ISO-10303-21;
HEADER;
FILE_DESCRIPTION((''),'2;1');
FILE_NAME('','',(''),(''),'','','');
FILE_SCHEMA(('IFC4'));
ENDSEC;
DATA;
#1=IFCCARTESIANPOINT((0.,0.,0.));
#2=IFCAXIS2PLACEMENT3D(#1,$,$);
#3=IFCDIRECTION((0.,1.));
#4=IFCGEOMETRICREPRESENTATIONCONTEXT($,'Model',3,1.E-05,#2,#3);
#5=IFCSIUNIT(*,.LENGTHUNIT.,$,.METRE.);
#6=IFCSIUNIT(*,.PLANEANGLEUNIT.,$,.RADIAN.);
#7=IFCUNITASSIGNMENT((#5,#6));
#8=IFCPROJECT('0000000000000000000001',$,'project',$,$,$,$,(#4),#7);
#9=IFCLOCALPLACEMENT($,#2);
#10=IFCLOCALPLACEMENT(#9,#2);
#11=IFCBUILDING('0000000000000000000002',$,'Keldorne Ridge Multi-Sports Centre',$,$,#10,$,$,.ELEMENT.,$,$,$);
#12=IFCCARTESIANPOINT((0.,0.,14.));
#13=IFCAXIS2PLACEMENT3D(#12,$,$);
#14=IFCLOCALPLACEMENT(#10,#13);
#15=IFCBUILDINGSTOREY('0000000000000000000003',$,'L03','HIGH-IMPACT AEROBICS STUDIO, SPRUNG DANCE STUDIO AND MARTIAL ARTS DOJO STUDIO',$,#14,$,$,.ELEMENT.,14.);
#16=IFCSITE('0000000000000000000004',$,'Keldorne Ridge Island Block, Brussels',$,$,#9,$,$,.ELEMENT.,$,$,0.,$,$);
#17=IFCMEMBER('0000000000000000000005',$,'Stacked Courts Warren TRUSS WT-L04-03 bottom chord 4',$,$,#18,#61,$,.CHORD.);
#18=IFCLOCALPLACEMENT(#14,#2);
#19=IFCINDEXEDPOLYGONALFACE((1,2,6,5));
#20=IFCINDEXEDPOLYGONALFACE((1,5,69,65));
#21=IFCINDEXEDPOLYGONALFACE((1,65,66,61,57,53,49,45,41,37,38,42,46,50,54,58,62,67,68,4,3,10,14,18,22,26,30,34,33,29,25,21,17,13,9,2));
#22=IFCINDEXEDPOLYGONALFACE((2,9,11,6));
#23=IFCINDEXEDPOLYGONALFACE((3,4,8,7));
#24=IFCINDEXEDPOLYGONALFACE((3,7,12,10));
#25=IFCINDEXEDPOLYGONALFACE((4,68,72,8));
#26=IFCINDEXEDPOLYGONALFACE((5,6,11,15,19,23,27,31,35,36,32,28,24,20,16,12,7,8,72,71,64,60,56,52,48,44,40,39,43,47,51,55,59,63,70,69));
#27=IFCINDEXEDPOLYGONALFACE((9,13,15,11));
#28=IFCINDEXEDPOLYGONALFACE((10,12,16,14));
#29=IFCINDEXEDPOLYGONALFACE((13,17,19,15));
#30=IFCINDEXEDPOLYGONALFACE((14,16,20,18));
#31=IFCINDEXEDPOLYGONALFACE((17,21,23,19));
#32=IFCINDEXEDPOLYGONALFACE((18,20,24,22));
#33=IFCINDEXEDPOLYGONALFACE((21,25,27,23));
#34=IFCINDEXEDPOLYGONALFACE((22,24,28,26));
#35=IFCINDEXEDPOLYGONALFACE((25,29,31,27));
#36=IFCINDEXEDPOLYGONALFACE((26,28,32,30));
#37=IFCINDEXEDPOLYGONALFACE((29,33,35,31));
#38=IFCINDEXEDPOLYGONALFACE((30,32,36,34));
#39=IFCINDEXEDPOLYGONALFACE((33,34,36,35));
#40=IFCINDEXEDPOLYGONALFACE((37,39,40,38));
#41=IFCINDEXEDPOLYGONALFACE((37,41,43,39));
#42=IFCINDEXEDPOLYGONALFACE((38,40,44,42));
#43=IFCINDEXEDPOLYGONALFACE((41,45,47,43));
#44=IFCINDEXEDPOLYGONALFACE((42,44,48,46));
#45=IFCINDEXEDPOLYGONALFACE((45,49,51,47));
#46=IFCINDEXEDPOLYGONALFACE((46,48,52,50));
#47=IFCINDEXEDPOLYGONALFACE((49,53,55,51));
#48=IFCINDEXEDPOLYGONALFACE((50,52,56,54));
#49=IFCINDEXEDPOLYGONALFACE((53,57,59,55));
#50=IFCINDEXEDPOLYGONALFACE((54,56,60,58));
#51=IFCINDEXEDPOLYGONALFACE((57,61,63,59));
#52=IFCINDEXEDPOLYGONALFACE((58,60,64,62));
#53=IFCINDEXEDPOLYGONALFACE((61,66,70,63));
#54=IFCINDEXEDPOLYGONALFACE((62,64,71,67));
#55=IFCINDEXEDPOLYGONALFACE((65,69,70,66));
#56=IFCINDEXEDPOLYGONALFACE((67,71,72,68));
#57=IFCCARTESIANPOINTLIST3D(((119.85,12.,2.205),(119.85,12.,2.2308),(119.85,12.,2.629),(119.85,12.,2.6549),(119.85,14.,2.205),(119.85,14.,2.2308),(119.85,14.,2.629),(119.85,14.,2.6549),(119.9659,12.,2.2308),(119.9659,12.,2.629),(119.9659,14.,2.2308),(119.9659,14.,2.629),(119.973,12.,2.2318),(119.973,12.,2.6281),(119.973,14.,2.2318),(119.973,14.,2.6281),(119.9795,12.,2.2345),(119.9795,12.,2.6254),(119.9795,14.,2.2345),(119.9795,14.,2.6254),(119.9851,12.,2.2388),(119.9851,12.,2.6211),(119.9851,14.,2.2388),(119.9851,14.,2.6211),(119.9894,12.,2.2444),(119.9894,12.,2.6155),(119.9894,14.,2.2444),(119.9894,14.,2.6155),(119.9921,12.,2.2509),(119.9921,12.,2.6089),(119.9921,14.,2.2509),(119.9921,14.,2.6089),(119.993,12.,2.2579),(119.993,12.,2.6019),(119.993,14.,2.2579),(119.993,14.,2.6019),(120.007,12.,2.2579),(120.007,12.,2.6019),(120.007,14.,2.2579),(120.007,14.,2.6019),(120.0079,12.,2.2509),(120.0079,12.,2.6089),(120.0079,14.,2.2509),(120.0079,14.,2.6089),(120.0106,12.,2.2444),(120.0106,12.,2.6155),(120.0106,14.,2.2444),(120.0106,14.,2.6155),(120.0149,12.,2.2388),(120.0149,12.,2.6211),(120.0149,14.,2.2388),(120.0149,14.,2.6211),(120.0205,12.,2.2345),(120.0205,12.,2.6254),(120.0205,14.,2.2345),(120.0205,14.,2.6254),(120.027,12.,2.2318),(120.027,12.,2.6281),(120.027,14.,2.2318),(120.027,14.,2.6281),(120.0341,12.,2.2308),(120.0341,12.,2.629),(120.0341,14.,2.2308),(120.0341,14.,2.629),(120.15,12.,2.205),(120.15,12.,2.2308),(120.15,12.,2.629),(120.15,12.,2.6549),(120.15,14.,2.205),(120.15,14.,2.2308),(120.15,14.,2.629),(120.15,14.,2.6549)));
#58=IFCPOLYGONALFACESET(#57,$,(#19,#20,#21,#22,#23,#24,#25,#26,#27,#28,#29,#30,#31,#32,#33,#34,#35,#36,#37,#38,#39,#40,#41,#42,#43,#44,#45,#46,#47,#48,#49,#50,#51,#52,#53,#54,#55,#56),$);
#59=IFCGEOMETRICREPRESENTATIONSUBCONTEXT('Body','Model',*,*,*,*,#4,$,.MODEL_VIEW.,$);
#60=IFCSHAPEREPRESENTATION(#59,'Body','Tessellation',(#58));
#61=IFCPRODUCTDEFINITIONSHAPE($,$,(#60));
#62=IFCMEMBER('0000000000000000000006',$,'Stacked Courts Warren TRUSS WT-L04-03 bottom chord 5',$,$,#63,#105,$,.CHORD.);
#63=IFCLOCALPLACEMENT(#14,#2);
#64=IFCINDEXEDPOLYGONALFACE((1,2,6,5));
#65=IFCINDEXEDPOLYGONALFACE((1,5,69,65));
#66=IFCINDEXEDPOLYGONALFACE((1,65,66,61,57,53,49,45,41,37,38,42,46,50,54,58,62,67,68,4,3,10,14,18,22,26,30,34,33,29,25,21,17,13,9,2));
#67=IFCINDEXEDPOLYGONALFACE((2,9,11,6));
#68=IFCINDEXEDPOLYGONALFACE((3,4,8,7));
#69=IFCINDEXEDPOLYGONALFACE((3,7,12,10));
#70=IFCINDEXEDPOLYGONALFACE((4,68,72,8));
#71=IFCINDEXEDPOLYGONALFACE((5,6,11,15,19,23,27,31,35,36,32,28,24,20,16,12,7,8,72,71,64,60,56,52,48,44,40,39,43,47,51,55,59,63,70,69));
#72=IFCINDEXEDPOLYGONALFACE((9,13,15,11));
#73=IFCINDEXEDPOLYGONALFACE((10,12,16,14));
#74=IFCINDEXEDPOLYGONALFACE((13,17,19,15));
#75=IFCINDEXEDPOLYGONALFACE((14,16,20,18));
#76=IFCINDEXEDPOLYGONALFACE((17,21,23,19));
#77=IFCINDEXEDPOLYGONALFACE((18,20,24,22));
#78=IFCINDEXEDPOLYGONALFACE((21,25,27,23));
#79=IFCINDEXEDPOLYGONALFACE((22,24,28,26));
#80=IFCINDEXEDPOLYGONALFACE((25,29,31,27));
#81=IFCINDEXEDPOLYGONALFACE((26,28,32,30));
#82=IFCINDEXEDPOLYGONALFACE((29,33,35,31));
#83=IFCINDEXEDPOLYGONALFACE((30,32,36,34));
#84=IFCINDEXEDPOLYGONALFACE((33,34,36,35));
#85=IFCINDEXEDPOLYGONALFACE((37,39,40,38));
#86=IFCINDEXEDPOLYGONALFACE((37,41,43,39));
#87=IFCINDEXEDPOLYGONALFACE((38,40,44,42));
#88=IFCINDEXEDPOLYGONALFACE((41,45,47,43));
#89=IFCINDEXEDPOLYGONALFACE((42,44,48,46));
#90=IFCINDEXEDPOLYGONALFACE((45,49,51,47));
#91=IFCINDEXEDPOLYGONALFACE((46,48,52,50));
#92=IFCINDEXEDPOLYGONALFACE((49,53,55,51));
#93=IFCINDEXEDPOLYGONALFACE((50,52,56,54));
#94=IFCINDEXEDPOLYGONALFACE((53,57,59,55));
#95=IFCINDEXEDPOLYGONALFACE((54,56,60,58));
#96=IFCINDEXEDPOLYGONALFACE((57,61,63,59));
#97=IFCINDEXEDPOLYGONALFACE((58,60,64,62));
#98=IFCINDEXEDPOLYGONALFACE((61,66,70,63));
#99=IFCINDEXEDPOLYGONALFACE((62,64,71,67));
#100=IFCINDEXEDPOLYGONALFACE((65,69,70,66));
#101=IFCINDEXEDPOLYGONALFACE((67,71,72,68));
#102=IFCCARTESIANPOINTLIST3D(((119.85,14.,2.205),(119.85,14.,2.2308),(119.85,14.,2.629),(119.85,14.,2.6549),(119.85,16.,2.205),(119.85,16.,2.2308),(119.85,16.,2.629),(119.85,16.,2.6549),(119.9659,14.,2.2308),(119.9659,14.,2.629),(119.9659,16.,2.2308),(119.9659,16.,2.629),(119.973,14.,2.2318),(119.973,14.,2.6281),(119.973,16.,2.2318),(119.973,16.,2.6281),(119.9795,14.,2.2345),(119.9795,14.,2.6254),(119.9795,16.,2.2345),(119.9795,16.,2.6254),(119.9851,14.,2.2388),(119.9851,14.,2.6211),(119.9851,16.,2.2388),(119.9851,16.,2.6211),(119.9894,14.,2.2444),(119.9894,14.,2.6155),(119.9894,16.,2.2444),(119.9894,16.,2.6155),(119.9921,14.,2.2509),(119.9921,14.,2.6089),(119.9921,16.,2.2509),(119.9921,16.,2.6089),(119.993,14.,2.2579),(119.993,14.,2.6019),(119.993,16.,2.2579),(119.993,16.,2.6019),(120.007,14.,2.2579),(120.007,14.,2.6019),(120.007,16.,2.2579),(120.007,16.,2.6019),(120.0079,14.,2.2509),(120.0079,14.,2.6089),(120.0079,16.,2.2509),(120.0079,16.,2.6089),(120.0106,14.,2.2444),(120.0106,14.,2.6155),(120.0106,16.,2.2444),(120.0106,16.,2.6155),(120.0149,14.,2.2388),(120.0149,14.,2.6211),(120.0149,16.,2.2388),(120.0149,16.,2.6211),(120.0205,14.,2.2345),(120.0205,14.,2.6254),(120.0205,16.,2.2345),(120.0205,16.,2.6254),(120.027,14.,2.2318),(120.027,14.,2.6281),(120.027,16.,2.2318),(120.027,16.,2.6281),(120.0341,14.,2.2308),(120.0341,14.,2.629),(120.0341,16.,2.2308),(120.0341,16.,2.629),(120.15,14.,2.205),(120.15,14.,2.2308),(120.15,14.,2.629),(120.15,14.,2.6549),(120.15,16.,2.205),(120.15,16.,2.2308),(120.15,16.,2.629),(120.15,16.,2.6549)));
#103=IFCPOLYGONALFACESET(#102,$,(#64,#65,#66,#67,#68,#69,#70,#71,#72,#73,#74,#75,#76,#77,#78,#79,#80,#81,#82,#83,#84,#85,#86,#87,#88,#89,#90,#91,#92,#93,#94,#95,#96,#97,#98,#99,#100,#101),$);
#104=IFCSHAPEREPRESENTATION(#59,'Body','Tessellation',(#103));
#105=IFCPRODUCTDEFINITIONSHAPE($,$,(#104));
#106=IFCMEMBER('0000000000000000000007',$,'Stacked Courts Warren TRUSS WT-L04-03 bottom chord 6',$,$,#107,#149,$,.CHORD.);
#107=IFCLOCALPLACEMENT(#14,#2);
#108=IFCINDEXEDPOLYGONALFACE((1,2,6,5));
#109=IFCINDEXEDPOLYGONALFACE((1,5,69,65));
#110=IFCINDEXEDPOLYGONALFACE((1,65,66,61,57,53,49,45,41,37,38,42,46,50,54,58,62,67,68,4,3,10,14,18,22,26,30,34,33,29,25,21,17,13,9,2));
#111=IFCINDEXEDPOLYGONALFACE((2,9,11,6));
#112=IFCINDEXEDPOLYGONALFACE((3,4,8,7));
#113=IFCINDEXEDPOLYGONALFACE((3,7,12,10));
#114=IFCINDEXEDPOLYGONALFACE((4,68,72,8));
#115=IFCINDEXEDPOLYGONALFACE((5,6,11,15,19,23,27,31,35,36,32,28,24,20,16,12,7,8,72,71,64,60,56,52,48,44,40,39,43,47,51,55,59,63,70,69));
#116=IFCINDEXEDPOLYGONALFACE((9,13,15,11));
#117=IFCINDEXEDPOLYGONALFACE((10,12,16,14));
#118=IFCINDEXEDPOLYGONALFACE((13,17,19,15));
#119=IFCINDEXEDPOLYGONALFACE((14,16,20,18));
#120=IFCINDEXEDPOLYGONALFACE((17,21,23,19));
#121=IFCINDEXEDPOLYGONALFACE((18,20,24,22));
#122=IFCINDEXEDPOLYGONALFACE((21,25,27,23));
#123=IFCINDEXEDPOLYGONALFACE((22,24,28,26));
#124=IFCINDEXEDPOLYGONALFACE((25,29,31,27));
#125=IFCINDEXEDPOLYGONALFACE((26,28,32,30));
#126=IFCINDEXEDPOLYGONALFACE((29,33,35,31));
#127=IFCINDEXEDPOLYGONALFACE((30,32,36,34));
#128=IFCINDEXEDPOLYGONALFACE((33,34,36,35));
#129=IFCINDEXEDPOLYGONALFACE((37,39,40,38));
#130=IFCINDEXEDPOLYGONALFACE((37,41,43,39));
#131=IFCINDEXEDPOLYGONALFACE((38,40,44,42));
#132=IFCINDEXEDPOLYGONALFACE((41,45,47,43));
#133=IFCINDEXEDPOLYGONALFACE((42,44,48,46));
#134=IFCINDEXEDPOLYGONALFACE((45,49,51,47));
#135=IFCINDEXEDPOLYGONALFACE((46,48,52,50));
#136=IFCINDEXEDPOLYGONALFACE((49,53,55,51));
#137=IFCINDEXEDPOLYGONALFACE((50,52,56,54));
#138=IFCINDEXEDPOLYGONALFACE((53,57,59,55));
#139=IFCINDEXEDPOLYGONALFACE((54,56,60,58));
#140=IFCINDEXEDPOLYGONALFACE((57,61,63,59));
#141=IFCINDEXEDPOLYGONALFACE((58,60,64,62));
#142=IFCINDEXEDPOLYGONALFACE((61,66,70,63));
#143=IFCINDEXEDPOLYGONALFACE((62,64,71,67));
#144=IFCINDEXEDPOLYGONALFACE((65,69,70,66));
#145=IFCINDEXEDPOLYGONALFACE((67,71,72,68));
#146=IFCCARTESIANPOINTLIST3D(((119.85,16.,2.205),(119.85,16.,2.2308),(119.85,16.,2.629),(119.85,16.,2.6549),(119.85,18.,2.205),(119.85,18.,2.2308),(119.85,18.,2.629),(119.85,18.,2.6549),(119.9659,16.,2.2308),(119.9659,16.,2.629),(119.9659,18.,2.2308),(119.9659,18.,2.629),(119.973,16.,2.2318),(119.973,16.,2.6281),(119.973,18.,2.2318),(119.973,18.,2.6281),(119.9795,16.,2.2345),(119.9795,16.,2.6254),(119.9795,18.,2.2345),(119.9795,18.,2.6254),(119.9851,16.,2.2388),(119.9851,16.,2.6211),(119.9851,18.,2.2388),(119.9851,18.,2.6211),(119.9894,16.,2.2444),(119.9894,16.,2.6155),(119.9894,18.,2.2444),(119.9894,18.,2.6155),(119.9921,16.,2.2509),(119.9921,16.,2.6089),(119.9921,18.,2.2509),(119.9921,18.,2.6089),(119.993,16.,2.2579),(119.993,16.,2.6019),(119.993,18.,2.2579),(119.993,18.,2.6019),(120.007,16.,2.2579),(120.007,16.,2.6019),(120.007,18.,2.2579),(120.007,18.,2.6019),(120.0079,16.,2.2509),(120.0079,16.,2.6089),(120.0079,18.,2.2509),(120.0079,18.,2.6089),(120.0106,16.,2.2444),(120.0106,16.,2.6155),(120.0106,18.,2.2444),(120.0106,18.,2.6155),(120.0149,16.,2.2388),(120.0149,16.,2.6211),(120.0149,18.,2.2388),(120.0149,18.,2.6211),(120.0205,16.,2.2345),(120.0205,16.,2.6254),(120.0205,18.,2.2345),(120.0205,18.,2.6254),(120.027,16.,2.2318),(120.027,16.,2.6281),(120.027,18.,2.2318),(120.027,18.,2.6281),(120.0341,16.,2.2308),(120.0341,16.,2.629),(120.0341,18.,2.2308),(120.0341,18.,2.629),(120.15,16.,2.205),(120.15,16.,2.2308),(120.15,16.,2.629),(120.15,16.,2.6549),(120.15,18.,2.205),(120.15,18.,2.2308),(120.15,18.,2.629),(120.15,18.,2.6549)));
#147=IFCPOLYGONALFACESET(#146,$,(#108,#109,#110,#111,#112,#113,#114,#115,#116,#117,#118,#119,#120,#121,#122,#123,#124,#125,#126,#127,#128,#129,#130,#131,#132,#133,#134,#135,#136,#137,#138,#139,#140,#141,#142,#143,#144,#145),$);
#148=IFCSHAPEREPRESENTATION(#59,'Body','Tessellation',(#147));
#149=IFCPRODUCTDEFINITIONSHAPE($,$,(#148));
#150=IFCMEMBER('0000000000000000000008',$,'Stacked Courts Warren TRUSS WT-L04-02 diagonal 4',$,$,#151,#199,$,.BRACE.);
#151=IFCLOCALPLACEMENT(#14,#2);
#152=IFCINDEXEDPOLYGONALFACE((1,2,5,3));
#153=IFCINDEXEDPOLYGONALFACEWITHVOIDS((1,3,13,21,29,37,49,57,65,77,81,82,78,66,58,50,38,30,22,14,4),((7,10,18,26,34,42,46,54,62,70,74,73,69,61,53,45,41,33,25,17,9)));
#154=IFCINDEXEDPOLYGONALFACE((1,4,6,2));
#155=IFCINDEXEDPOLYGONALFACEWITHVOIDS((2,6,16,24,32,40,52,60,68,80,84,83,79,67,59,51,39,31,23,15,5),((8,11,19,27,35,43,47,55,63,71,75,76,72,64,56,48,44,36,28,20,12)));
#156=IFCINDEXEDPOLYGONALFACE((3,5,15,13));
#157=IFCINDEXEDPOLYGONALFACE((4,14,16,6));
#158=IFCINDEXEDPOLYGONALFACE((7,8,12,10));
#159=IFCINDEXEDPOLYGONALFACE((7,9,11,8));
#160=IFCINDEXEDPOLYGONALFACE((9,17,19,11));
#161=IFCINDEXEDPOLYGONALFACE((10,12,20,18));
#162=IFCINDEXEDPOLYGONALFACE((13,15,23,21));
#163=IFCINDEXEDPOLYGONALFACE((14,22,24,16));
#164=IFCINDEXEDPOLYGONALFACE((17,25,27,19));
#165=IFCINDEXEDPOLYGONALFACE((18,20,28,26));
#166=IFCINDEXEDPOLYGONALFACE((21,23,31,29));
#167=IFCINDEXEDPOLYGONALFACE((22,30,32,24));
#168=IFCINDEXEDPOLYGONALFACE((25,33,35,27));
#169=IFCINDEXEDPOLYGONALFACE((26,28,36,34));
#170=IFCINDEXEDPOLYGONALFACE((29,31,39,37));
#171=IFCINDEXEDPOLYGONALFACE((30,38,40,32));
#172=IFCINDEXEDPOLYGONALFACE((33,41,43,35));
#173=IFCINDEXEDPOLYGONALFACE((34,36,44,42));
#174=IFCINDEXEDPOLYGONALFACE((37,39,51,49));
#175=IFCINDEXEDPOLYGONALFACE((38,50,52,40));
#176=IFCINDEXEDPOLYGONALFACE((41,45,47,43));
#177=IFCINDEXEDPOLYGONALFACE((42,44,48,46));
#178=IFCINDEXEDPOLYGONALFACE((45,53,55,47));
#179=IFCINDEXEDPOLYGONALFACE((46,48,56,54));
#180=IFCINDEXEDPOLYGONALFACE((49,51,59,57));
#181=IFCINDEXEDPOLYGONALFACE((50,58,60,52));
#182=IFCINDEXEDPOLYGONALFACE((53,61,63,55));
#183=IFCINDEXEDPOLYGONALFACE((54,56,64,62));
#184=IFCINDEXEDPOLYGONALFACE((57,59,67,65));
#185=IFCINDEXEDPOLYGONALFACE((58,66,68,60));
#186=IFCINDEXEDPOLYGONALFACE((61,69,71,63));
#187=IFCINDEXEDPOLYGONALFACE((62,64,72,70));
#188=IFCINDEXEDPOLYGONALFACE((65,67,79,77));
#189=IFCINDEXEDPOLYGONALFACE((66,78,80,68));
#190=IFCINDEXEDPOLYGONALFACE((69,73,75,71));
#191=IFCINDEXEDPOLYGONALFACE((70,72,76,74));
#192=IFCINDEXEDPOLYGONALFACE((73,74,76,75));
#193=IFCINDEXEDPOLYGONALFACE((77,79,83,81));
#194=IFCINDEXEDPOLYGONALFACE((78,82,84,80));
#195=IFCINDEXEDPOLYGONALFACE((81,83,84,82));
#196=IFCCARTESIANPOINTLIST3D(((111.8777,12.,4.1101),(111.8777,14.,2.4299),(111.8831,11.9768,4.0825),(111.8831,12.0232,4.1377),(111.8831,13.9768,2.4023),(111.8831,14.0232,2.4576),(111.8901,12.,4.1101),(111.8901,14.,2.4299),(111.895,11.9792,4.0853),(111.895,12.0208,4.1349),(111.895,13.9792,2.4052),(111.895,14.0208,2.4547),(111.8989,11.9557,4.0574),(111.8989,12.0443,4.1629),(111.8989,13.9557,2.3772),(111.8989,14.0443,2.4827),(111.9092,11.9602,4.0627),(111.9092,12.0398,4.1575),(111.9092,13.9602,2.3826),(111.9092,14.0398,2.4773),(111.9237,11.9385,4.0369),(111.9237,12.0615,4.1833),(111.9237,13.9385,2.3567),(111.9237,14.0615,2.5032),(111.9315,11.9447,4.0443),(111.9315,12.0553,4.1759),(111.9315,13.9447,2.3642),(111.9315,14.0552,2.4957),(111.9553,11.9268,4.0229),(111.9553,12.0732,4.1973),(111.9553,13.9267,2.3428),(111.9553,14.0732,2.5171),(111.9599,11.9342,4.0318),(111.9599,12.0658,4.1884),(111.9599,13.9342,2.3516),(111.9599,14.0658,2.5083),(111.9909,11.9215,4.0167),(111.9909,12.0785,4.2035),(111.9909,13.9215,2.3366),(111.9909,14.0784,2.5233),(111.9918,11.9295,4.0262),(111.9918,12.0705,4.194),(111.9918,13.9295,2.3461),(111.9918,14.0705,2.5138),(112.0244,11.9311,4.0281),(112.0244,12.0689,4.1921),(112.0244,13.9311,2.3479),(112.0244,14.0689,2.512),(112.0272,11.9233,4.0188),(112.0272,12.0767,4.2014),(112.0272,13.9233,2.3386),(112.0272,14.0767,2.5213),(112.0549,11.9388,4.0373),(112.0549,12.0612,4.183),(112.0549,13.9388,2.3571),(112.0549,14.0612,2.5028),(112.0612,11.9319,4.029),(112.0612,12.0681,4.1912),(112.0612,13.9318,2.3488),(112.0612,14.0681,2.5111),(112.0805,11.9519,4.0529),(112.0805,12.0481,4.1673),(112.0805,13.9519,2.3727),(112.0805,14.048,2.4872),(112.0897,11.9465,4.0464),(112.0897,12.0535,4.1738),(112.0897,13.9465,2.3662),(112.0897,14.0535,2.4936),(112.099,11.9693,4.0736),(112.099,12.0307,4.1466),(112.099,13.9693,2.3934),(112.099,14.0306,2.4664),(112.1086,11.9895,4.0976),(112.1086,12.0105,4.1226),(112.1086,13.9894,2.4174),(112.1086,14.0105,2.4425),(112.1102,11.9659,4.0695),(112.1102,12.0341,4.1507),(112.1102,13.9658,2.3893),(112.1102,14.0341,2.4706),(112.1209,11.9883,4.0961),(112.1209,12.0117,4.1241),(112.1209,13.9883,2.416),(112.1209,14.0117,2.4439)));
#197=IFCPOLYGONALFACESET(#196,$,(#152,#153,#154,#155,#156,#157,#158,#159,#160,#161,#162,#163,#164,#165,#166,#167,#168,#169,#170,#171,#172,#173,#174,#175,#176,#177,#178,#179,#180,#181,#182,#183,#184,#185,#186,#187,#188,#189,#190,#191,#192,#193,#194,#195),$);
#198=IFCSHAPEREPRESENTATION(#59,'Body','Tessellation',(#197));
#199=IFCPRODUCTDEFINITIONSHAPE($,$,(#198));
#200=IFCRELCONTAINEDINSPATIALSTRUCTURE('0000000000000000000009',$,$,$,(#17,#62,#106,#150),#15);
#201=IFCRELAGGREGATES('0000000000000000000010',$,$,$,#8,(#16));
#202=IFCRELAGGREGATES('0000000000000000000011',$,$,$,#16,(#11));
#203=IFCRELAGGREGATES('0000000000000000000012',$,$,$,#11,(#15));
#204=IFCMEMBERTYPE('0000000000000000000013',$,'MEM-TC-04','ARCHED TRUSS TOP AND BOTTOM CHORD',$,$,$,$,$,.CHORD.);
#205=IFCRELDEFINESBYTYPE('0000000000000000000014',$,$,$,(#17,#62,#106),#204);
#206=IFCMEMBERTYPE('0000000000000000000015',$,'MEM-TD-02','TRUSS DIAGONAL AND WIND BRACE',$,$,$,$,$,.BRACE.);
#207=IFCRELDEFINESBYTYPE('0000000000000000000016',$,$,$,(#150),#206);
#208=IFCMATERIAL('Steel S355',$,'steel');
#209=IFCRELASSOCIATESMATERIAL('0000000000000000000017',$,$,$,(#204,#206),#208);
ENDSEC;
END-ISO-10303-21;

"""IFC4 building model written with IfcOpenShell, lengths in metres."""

from ifc_helpers import new_model, si_unit, direction, frame, origin, origin_2d, place, context, subcontext, project, spatial, hollow_circle, i_section, extrude, material, material_profile, profile_set, type_object, element, save


model = new_model("IFC4")

# Units and contexts
model_context = context("Model", 3, precision=1e-05, world=origin(), true_north=direction((0.0, 1.0)))
body_context = subcontext(model_context, "Body", "Model", "MODEL_VIEW")
ifc_project = project(units=[si_unit("LENGTHUNIT", "METRE"), si_unit("PLANEANGLEUNIT", "RADIAN")], contexts=[model_context])

# Site, building, storey
site_placement = place(None, origin())
site = spatial("IfcSite", under=ifc_project, at=site_placement, Name="Keldorne Ridge Island Block, Brussels", CompositionType="ELEMENT", RefElevation=0.0)
building_placement = place(site_placement, origin())
building = spatial("IfcBuilding", under=site, at=building_placement, Name="Keldorne Ridge Multi-Sports Centre", CompositionType="ELEMENT")
storey_placement = place(building_placement, frame((0.0, 0.0, 14.0)))
storey = spatial("IfcBuildingStorey", under=building, at=storey_placement, Name="L03", Description="HIGH-IMPACT AEROBICS STUDIO, SPRUNG DANCE STUDIO AND MARTIAL ARTS DOJO STUDIO", CompositionType="ELEMENT", Elevation=14.0)

# Members
ifc_material = material(Name="Steel S355", Category="steel")
ifc_material_profile_1 = material_profile(ifc_material, i_section(OverallWidth=0.3, OverallDepth=0.45, WebThickness=0.0139, FlangeThickness=0.0259, FilletRadius=0.0271, at=origin_2d()), Name="HEB 450")
ifc_profile_set_1 = profile_set([ifc_material_profile_1], Name="Steel S355")
member_type_1 = type_object("IfcMemberType", Name="MEM-TC-04", Description="ARCHED TRUSS TOP AND BOTTOM CHORD", PredefinedType="CHORD", material=ifc_profile_set_1)
for number, where, z_axis, x_axis, name in (
    (1, (120.0, 12.0, 2.4299), (0.0, 1.0, 0.0), (-1.0, 0.0, 0.0), "Stacked Courts Warren TRUSS WT-L04-03 bottom chord 4"),
    (2, (120.0, 14.0, 2.4299), (0.0, 1.0, 0.0), (-1.0, 0.0, 0.0), "Stacked Courts Warren TRUSS WT-L04-03 bottom chord 5"),
    (3, (120.0, 16.0, 2.4299), (0.0, 1.0, 0.0), (-1.0, 0.0, 0.0), "Stacked Courts Warren TRUSS WT-L04-03 bottom chord 6"),
):
    element("IfcMember", number, at=place(storey_placement, frame(where, z_axis=z_axis, x_axis=x_axis)), inside=storey, type_object=member_type_1, Name=name, PredefinedType="CHORD", context=body_context, shape_type="SweptSolid", body=[
        extrude(i_section(OverallWidth=0.3, OverallDepth=0.45, WebThickness=0.0139, FlangeThickness=0.0259, FilletRadius=0.0271, at=origin_2d()), origin(), (0.0, 0.0, 1.0), 2.0),
    ])
ifc_material_profile_2 = material_profile(ifc_material, hollow_circle(Radius=0.1223, WallThickness=0.0125, at=origin_2d()), Name="CHS 244.5x12.5")
ifc_profile_set_2 = profile_set([ifc_material_profile_2], Name="Steel S355")
member_type_2 = type_object("IfcMemberType", Name="MEM-TD-02", Description="TRUSS DIAGONAL AND WIND BRACE", PredefinedType="BRACE", material=ifc_profile_set_2)
for number, where, z_axis, x_axis, name in (
    (4, (112.0, 12.0, 4.1101), (0.0, 0.765672, -0.643232), (-1.0, 0.0, 0.0), "Stacked Courts Warren TRUSS WT-L04-02 diagonal 4"),
):
    element("IfcMember", number, at=place(storey_placement, frame(where, z_axis=z_axis, x_axis=x_axis)), inside=storey, type_object=member_type_2, Name=name, PredefinedType="BRACE", context=body_context, shape_type="SweptSolid", body=[
        extrude(hollow_circle(Radius=0.1223, WallThickness=0.0125, at=origin_2d()), origin(), (0.0, 0.0, 1.0), 2.6121),
    ])

save(model, "model.ifc")
